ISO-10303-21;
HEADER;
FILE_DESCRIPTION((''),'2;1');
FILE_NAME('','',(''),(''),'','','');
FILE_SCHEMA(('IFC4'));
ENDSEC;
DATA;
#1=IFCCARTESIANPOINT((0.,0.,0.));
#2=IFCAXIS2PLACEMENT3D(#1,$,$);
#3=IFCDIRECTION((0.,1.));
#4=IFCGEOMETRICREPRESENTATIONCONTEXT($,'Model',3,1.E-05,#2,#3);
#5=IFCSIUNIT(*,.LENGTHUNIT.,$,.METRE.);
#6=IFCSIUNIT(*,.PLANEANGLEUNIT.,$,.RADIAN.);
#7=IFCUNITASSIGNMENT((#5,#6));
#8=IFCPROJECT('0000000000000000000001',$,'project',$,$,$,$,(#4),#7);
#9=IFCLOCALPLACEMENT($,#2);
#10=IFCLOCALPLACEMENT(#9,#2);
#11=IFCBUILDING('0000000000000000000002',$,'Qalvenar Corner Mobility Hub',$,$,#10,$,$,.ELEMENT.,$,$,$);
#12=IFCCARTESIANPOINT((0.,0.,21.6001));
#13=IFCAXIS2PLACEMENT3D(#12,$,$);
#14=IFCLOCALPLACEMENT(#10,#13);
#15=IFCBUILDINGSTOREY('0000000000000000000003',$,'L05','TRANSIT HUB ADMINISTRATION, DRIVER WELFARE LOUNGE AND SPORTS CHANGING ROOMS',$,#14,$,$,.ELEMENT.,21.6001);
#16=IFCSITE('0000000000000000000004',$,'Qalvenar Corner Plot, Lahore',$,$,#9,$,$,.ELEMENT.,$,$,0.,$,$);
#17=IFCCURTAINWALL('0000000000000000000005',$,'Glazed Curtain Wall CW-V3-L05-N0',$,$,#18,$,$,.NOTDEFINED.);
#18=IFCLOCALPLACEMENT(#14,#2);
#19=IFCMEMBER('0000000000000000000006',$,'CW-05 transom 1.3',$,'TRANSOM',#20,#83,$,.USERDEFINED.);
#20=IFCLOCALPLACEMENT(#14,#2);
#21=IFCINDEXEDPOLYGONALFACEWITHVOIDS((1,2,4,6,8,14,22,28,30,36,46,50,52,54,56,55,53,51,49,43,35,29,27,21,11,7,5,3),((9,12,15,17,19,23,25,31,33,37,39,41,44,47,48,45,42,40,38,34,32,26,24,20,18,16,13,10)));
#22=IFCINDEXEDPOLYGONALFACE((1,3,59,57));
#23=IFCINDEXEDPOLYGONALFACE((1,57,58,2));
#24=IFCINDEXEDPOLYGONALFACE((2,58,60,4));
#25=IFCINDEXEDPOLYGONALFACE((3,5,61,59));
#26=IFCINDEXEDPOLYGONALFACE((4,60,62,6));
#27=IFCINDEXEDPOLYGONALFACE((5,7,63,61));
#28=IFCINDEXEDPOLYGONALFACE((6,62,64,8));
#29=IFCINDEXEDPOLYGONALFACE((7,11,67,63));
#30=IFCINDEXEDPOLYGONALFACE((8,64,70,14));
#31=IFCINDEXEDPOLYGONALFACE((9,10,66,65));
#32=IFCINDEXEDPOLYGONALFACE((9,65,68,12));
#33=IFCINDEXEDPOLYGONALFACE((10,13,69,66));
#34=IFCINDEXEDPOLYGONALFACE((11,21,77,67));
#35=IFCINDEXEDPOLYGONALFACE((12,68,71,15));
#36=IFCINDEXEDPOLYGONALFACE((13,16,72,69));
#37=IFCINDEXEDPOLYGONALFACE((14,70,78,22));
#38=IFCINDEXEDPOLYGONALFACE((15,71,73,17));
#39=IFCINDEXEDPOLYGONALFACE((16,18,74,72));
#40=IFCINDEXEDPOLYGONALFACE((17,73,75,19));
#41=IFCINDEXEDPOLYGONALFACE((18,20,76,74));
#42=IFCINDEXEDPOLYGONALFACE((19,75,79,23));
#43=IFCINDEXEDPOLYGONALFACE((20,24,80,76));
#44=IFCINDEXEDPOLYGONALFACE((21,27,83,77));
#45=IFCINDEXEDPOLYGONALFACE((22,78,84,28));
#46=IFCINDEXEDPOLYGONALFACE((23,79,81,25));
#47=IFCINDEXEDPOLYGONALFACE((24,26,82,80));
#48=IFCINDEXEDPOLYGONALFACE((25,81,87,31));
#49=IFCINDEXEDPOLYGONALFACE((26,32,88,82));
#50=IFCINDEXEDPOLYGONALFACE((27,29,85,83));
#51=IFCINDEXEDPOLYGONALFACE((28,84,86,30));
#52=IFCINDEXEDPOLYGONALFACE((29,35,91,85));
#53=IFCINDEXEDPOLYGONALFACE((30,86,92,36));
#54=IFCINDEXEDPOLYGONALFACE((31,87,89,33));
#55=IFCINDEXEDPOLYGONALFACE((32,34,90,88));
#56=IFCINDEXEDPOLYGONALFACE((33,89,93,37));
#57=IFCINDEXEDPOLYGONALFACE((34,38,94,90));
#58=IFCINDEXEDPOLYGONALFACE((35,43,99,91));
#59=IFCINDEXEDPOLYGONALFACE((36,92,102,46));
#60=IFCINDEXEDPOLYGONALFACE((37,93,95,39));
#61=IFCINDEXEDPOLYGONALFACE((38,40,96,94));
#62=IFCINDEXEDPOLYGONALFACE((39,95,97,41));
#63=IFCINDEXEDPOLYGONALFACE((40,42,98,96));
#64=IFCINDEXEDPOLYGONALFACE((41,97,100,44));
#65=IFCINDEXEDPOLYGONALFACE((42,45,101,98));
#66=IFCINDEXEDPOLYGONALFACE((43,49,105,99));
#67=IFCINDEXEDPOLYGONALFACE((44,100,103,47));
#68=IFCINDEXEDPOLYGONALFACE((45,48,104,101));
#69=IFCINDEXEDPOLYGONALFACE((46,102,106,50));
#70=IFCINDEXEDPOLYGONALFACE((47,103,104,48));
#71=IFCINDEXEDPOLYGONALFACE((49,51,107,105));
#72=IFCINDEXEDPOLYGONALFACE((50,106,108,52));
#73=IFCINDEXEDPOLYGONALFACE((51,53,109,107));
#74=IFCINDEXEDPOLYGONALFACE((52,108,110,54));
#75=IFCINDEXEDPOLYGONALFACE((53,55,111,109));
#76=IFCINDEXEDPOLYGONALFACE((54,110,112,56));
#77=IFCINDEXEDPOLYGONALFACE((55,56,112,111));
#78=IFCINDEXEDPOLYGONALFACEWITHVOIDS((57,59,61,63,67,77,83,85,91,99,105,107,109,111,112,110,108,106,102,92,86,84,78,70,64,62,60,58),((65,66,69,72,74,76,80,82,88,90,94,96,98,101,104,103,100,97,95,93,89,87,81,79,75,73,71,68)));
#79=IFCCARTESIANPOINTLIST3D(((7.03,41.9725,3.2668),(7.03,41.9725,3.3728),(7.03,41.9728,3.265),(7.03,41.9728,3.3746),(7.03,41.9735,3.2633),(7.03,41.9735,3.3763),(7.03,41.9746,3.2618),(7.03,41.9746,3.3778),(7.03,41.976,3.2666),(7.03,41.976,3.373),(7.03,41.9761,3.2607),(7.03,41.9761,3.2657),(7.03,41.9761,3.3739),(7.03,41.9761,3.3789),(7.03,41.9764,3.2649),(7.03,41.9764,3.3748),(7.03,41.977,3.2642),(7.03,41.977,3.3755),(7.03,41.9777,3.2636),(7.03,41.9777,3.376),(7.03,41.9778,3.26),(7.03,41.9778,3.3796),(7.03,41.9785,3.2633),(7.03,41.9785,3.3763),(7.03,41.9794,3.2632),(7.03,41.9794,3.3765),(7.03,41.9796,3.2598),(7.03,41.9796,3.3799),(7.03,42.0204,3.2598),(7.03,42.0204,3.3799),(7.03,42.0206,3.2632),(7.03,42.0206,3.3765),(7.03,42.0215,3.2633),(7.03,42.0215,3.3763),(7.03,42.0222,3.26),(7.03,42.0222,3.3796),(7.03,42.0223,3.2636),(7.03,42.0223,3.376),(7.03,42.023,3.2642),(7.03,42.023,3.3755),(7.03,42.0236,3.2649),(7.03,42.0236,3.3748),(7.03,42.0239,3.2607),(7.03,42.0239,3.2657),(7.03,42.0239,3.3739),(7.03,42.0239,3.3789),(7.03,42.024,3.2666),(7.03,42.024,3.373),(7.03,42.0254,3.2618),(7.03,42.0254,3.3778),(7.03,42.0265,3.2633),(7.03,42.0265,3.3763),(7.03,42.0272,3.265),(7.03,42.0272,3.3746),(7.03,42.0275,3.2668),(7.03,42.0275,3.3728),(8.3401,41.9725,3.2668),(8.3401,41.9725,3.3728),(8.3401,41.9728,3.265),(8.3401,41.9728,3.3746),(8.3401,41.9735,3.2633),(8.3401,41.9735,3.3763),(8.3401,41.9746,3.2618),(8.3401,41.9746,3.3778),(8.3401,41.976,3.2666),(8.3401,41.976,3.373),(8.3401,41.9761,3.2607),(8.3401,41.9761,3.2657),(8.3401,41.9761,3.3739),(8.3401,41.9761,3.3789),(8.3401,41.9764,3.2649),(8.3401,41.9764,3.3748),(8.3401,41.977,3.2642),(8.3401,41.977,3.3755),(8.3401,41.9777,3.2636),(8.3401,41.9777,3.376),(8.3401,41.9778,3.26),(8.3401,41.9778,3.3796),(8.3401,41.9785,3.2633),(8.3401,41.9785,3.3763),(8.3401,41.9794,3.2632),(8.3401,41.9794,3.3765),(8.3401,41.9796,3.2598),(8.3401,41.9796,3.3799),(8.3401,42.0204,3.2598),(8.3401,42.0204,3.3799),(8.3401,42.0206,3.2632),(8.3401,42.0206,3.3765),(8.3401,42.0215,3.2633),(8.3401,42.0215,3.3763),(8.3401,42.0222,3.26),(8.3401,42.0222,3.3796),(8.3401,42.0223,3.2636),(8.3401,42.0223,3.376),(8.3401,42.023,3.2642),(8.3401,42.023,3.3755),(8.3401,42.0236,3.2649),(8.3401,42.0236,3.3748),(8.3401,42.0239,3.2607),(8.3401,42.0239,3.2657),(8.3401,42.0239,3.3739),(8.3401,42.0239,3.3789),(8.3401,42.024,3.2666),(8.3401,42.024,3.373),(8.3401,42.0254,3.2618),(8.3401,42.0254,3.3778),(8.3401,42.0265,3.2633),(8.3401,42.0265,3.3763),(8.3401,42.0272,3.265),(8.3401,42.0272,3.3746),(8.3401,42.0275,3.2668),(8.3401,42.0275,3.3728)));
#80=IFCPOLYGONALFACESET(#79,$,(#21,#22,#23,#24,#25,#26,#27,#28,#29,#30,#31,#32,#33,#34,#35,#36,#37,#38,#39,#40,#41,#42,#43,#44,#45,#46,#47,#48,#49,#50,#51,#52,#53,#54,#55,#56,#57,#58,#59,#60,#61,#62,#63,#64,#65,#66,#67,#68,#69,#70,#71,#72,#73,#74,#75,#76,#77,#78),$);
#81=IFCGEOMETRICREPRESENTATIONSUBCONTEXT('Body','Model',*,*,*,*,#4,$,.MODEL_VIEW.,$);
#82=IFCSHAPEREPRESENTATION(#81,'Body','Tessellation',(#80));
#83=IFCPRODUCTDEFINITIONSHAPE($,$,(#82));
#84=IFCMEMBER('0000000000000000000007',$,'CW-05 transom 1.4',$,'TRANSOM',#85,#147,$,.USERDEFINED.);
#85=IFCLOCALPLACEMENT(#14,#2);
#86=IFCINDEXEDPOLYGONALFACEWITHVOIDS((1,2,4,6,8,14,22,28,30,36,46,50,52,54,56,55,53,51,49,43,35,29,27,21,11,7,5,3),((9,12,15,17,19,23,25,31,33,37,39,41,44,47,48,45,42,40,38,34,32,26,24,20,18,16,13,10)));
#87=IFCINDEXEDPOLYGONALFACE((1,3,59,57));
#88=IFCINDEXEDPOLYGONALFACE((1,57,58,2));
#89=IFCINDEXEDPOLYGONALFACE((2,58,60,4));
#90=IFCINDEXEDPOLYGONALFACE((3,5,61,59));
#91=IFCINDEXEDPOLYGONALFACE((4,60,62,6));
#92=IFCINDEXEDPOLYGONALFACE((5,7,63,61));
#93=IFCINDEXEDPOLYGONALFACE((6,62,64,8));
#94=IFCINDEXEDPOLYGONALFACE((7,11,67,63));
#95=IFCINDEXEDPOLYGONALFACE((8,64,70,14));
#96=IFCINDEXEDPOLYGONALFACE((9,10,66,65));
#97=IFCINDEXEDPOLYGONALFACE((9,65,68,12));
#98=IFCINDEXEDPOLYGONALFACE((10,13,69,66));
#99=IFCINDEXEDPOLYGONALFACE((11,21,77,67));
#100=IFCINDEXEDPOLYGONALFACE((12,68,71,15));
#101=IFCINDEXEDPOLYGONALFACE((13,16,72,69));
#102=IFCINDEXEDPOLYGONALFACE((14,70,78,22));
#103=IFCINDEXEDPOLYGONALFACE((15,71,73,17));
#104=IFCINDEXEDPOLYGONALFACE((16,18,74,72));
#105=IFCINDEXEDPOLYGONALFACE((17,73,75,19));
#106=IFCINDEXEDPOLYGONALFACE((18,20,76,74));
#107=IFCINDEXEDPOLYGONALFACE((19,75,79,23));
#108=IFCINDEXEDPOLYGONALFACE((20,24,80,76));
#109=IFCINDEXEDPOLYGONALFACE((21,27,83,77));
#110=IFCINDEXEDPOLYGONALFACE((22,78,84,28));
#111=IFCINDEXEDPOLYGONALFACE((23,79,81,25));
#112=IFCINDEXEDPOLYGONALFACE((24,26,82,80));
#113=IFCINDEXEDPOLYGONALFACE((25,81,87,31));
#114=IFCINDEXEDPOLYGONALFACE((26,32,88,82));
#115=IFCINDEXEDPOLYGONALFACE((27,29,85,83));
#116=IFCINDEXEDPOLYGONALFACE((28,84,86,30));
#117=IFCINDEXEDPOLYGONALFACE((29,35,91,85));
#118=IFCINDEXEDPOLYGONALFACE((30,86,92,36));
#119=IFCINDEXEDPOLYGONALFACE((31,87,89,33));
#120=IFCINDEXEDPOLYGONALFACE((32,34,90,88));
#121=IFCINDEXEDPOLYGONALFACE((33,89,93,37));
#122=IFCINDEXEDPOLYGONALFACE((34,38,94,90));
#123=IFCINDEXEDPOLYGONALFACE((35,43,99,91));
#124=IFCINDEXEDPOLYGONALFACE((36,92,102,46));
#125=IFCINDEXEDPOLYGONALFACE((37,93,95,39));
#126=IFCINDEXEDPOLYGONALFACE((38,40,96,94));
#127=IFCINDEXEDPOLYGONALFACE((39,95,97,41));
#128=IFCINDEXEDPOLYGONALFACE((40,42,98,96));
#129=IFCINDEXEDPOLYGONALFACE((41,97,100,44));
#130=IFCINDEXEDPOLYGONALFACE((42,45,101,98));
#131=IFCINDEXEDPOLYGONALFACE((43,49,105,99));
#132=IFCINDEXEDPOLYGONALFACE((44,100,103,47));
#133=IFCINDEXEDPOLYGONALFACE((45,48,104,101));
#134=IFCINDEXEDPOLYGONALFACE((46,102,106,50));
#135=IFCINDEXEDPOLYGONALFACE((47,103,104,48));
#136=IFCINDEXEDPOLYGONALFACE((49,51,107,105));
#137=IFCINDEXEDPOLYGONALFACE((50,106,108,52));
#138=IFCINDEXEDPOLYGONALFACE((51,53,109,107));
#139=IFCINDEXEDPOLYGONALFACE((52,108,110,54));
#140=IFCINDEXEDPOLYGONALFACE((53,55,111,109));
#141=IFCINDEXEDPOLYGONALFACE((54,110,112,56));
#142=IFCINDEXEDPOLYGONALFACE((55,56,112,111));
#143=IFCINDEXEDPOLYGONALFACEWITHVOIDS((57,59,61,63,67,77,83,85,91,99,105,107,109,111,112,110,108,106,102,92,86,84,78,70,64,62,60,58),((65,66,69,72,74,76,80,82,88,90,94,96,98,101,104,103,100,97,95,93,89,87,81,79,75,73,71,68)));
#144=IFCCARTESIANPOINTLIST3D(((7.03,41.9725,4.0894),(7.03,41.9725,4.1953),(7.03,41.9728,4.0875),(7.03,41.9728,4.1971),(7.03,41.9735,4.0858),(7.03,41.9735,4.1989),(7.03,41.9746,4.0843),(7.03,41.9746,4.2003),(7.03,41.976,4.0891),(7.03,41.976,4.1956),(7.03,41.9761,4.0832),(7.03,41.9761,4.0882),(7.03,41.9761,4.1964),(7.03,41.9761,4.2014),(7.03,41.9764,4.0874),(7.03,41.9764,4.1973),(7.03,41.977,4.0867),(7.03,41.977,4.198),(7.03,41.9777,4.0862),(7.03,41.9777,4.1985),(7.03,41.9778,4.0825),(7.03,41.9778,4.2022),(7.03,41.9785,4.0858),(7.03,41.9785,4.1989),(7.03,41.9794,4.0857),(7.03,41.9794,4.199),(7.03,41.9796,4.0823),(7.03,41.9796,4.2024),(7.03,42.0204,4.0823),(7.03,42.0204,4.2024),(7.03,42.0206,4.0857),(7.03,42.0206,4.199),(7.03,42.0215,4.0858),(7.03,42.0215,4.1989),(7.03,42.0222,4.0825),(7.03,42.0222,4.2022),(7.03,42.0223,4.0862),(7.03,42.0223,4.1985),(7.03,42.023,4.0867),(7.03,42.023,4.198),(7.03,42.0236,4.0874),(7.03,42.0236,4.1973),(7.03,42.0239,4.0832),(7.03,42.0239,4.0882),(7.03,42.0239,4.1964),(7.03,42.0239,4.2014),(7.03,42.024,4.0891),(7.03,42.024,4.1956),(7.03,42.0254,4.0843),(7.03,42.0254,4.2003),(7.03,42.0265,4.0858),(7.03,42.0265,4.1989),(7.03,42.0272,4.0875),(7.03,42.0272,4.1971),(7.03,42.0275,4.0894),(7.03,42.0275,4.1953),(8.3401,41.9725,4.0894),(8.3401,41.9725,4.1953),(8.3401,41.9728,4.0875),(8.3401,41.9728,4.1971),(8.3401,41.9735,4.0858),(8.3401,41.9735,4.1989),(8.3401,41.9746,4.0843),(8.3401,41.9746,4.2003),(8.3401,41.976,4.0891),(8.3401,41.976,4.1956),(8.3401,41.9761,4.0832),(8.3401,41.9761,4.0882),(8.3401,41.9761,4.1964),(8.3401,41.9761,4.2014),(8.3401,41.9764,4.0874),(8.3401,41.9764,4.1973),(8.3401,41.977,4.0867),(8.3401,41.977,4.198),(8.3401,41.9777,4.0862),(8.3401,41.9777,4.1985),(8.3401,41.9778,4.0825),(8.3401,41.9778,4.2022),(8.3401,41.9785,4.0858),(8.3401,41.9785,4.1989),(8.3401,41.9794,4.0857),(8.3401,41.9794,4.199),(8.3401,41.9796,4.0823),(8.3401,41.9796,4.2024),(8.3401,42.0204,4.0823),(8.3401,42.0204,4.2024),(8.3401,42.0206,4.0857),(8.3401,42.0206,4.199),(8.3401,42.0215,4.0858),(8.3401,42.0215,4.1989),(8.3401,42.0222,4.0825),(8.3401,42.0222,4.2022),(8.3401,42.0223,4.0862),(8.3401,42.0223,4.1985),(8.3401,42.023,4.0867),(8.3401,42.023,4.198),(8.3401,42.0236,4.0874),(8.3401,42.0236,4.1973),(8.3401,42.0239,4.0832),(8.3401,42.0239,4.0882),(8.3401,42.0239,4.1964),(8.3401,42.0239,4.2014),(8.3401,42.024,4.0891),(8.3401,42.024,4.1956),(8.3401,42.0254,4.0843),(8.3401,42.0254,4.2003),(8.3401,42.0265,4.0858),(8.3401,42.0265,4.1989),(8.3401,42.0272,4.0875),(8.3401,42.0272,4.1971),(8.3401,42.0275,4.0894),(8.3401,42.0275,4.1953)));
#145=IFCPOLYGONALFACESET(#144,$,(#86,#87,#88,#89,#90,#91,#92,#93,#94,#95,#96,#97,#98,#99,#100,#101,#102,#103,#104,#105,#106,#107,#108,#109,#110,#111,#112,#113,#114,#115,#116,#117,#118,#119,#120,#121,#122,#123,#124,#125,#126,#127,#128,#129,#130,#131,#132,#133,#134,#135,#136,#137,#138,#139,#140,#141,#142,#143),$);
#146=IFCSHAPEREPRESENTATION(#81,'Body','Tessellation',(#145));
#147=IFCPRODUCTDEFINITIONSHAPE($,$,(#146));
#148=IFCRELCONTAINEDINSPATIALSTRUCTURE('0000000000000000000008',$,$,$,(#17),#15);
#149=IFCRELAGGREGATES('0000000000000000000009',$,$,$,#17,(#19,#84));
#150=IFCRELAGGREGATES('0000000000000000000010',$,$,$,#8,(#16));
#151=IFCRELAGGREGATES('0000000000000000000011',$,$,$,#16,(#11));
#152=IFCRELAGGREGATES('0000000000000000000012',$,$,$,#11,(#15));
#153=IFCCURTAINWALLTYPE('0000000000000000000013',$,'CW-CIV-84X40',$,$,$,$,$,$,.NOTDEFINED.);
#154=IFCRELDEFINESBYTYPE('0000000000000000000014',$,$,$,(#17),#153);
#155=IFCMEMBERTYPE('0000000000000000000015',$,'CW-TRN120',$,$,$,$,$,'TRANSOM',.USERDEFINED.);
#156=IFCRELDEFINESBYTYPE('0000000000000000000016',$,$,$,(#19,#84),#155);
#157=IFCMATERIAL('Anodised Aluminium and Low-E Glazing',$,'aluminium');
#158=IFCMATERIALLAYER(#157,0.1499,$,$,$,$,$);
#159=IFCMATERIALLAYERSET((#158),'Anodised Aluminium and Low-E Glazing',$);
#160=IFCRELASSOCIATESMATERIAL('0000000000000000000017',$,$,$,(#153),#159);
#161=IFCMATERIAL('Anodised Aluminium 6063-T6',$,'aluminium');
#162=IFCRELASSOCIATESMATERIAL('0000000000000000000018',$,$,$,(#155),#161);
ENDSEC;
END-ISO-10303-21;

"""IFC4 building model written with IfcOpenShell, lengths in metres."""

from ifc_helpers import new_model, si_unit, direction, frame, origin, origin_2d, place, context, subcontext, project, spatial, hollow_rectangle, extrude, material, layer, layer_set, material_profile, profile_set, type_object, element, aggregate, save


model = new_model("IFC4")

# Units and contexts
model_context = context("Model", 3, precision=1e-05, world=origin(), true_north=direction((0.0, 1.0)))
body_context = subcontext(model_context, "Body", "Model", "MODEL_VIEW")
ifc_project = project(units=[si_unit("LENGTHUNIT", "METRE"), si_unit("PLANEANGLEUNIT", "RADIAN")], contexts=[model_context])

# Site, building, storey
site_placement = place(None, origin())
site = spatial("IfcSite", under=ifc_project, at=site_placement, Name="Qalvenar Corner Plot, Lahore", CompositionType="ELEMENT", RefElevation=0.0)
building_placement = place(site_placement, origin())
building = spatial("IfcBuilding", under=site, at=building_placement, Name="Qalvenar Corner Mobility Hub", CompositionType="ELEMENT")
storey_placement = place(building_placement, frame((0.0, 0.0, 21.6001)))
storey = spatial("IfcBuildingStorey", under=building, at=storey_placement, Name="L05", Description="TRANSIT HUB ADMINISTRATION, DRIVER WELFARE LOUNGE AND SPORTS CHANGING ROOMS", CompositionType="ELEMENT", Elevation=21.6001)

# Curtain wall
ifc_material_1 = material(Name="Anodised Aluminium and Low-E Glazing", Category="aluminium")
ifc_layer_1 = layer(ifc_material_1, 0.1499)
ifc_layer_set_1 = layer_set([ifc_layer_1], Name="Anodised Aluminium and Low-E Glazing")
curtain_wall_type = type_object("IfcCurtainWallType", Name="CW-CIV-84X40", PredefinedType="NOTDEFINED", material=ifc_layer_set_1)
curtain_wall_1_placement = place(storey_placement, origin())
curtain_wall_1 = element("IfcCurtainWall", 1, at=curtain_wall_1_placement, inside=storey, type_object=curtain_wall_type, Name="Glazed Curtain Wall CW-V3-L05-N0", PredefinedType="NOTDEFINED")
ifc_material_2 = material(Name="Anodised Aluminium 6063-T6", Category="aluminium")

# Members
ifc_material_profile_1 = material_profile(ifc_material_2, hollow_rectangle(XDim=0.0549, YDim=0.1201, WallThickness=0.0034, InnerFilletRadius=0.0034, OuterFilletRadius=0.0071, at=origin_2d()), Name="RHS120x55x3.5")
ifc_profile_set_1 = profile_set([ifc_material_profile_1], Name="Anodised Aluminium 6063-T6")
member_type_1 = type_object("IfcMemberType", Name="CW-TRN120", ElementType="TRANSOM", PredefinedType="USERDEFINED", material=ifc_profile_set_1)
member_1_placement = place(storey_placement, frame((8.3401, 42.0, 3.3198), z_axis=(-1.0, 0.0, 0.0), x_axis=(0.0, -1.0, 0.0)))
member_1 = element("IfcMember", 2, at=member_1_placement, type_object=member_type_1, Name="CW-05 transom 1.3", ObjectType="TRANSOM", PredefinedType="USERDEFINED", context=body_context, shape_type="SweptSolid", body=[
    extrude(hollow_rectangle(XDim=0.0549, YDim=0.1201, WallThickness=0.0034, InnerFilletRadius=0.0034, OuterFilletRadius=0.0071, at=origin_2d()), origin(), (0.0, 0.0, 1.0), 1.3101),
])
member_2_placement = place(storey_placement, frame((8.3401, 42.0, 4.1423), z_axis=(-1.0, 0.0, 0.0), x_axis=(0.0, -1.0, 0.0)))
member_2 = element("IfcMember", 3, at=member_2_placement, type_object=member_type_1, Name="CW-05 transom 1.4", ObjectType="TRANSOM", PredefinedType="USERDEFINED", context=body_context, shape_type="SweptSolid", body=[
    extrude(hollow_rectangle(XDim=0.0549, YDim=0.1201, WallThickness=0.0034, InnerFilletRadius=0.0034, OuterFilletRadius=0.0071, at=origin_2d()), origin(), (0.0, 0.0, 1.0), 1.3101),
])

aggregate(curtain_wall_1, [member_1, member_2])

save(model, "model.ifc")
